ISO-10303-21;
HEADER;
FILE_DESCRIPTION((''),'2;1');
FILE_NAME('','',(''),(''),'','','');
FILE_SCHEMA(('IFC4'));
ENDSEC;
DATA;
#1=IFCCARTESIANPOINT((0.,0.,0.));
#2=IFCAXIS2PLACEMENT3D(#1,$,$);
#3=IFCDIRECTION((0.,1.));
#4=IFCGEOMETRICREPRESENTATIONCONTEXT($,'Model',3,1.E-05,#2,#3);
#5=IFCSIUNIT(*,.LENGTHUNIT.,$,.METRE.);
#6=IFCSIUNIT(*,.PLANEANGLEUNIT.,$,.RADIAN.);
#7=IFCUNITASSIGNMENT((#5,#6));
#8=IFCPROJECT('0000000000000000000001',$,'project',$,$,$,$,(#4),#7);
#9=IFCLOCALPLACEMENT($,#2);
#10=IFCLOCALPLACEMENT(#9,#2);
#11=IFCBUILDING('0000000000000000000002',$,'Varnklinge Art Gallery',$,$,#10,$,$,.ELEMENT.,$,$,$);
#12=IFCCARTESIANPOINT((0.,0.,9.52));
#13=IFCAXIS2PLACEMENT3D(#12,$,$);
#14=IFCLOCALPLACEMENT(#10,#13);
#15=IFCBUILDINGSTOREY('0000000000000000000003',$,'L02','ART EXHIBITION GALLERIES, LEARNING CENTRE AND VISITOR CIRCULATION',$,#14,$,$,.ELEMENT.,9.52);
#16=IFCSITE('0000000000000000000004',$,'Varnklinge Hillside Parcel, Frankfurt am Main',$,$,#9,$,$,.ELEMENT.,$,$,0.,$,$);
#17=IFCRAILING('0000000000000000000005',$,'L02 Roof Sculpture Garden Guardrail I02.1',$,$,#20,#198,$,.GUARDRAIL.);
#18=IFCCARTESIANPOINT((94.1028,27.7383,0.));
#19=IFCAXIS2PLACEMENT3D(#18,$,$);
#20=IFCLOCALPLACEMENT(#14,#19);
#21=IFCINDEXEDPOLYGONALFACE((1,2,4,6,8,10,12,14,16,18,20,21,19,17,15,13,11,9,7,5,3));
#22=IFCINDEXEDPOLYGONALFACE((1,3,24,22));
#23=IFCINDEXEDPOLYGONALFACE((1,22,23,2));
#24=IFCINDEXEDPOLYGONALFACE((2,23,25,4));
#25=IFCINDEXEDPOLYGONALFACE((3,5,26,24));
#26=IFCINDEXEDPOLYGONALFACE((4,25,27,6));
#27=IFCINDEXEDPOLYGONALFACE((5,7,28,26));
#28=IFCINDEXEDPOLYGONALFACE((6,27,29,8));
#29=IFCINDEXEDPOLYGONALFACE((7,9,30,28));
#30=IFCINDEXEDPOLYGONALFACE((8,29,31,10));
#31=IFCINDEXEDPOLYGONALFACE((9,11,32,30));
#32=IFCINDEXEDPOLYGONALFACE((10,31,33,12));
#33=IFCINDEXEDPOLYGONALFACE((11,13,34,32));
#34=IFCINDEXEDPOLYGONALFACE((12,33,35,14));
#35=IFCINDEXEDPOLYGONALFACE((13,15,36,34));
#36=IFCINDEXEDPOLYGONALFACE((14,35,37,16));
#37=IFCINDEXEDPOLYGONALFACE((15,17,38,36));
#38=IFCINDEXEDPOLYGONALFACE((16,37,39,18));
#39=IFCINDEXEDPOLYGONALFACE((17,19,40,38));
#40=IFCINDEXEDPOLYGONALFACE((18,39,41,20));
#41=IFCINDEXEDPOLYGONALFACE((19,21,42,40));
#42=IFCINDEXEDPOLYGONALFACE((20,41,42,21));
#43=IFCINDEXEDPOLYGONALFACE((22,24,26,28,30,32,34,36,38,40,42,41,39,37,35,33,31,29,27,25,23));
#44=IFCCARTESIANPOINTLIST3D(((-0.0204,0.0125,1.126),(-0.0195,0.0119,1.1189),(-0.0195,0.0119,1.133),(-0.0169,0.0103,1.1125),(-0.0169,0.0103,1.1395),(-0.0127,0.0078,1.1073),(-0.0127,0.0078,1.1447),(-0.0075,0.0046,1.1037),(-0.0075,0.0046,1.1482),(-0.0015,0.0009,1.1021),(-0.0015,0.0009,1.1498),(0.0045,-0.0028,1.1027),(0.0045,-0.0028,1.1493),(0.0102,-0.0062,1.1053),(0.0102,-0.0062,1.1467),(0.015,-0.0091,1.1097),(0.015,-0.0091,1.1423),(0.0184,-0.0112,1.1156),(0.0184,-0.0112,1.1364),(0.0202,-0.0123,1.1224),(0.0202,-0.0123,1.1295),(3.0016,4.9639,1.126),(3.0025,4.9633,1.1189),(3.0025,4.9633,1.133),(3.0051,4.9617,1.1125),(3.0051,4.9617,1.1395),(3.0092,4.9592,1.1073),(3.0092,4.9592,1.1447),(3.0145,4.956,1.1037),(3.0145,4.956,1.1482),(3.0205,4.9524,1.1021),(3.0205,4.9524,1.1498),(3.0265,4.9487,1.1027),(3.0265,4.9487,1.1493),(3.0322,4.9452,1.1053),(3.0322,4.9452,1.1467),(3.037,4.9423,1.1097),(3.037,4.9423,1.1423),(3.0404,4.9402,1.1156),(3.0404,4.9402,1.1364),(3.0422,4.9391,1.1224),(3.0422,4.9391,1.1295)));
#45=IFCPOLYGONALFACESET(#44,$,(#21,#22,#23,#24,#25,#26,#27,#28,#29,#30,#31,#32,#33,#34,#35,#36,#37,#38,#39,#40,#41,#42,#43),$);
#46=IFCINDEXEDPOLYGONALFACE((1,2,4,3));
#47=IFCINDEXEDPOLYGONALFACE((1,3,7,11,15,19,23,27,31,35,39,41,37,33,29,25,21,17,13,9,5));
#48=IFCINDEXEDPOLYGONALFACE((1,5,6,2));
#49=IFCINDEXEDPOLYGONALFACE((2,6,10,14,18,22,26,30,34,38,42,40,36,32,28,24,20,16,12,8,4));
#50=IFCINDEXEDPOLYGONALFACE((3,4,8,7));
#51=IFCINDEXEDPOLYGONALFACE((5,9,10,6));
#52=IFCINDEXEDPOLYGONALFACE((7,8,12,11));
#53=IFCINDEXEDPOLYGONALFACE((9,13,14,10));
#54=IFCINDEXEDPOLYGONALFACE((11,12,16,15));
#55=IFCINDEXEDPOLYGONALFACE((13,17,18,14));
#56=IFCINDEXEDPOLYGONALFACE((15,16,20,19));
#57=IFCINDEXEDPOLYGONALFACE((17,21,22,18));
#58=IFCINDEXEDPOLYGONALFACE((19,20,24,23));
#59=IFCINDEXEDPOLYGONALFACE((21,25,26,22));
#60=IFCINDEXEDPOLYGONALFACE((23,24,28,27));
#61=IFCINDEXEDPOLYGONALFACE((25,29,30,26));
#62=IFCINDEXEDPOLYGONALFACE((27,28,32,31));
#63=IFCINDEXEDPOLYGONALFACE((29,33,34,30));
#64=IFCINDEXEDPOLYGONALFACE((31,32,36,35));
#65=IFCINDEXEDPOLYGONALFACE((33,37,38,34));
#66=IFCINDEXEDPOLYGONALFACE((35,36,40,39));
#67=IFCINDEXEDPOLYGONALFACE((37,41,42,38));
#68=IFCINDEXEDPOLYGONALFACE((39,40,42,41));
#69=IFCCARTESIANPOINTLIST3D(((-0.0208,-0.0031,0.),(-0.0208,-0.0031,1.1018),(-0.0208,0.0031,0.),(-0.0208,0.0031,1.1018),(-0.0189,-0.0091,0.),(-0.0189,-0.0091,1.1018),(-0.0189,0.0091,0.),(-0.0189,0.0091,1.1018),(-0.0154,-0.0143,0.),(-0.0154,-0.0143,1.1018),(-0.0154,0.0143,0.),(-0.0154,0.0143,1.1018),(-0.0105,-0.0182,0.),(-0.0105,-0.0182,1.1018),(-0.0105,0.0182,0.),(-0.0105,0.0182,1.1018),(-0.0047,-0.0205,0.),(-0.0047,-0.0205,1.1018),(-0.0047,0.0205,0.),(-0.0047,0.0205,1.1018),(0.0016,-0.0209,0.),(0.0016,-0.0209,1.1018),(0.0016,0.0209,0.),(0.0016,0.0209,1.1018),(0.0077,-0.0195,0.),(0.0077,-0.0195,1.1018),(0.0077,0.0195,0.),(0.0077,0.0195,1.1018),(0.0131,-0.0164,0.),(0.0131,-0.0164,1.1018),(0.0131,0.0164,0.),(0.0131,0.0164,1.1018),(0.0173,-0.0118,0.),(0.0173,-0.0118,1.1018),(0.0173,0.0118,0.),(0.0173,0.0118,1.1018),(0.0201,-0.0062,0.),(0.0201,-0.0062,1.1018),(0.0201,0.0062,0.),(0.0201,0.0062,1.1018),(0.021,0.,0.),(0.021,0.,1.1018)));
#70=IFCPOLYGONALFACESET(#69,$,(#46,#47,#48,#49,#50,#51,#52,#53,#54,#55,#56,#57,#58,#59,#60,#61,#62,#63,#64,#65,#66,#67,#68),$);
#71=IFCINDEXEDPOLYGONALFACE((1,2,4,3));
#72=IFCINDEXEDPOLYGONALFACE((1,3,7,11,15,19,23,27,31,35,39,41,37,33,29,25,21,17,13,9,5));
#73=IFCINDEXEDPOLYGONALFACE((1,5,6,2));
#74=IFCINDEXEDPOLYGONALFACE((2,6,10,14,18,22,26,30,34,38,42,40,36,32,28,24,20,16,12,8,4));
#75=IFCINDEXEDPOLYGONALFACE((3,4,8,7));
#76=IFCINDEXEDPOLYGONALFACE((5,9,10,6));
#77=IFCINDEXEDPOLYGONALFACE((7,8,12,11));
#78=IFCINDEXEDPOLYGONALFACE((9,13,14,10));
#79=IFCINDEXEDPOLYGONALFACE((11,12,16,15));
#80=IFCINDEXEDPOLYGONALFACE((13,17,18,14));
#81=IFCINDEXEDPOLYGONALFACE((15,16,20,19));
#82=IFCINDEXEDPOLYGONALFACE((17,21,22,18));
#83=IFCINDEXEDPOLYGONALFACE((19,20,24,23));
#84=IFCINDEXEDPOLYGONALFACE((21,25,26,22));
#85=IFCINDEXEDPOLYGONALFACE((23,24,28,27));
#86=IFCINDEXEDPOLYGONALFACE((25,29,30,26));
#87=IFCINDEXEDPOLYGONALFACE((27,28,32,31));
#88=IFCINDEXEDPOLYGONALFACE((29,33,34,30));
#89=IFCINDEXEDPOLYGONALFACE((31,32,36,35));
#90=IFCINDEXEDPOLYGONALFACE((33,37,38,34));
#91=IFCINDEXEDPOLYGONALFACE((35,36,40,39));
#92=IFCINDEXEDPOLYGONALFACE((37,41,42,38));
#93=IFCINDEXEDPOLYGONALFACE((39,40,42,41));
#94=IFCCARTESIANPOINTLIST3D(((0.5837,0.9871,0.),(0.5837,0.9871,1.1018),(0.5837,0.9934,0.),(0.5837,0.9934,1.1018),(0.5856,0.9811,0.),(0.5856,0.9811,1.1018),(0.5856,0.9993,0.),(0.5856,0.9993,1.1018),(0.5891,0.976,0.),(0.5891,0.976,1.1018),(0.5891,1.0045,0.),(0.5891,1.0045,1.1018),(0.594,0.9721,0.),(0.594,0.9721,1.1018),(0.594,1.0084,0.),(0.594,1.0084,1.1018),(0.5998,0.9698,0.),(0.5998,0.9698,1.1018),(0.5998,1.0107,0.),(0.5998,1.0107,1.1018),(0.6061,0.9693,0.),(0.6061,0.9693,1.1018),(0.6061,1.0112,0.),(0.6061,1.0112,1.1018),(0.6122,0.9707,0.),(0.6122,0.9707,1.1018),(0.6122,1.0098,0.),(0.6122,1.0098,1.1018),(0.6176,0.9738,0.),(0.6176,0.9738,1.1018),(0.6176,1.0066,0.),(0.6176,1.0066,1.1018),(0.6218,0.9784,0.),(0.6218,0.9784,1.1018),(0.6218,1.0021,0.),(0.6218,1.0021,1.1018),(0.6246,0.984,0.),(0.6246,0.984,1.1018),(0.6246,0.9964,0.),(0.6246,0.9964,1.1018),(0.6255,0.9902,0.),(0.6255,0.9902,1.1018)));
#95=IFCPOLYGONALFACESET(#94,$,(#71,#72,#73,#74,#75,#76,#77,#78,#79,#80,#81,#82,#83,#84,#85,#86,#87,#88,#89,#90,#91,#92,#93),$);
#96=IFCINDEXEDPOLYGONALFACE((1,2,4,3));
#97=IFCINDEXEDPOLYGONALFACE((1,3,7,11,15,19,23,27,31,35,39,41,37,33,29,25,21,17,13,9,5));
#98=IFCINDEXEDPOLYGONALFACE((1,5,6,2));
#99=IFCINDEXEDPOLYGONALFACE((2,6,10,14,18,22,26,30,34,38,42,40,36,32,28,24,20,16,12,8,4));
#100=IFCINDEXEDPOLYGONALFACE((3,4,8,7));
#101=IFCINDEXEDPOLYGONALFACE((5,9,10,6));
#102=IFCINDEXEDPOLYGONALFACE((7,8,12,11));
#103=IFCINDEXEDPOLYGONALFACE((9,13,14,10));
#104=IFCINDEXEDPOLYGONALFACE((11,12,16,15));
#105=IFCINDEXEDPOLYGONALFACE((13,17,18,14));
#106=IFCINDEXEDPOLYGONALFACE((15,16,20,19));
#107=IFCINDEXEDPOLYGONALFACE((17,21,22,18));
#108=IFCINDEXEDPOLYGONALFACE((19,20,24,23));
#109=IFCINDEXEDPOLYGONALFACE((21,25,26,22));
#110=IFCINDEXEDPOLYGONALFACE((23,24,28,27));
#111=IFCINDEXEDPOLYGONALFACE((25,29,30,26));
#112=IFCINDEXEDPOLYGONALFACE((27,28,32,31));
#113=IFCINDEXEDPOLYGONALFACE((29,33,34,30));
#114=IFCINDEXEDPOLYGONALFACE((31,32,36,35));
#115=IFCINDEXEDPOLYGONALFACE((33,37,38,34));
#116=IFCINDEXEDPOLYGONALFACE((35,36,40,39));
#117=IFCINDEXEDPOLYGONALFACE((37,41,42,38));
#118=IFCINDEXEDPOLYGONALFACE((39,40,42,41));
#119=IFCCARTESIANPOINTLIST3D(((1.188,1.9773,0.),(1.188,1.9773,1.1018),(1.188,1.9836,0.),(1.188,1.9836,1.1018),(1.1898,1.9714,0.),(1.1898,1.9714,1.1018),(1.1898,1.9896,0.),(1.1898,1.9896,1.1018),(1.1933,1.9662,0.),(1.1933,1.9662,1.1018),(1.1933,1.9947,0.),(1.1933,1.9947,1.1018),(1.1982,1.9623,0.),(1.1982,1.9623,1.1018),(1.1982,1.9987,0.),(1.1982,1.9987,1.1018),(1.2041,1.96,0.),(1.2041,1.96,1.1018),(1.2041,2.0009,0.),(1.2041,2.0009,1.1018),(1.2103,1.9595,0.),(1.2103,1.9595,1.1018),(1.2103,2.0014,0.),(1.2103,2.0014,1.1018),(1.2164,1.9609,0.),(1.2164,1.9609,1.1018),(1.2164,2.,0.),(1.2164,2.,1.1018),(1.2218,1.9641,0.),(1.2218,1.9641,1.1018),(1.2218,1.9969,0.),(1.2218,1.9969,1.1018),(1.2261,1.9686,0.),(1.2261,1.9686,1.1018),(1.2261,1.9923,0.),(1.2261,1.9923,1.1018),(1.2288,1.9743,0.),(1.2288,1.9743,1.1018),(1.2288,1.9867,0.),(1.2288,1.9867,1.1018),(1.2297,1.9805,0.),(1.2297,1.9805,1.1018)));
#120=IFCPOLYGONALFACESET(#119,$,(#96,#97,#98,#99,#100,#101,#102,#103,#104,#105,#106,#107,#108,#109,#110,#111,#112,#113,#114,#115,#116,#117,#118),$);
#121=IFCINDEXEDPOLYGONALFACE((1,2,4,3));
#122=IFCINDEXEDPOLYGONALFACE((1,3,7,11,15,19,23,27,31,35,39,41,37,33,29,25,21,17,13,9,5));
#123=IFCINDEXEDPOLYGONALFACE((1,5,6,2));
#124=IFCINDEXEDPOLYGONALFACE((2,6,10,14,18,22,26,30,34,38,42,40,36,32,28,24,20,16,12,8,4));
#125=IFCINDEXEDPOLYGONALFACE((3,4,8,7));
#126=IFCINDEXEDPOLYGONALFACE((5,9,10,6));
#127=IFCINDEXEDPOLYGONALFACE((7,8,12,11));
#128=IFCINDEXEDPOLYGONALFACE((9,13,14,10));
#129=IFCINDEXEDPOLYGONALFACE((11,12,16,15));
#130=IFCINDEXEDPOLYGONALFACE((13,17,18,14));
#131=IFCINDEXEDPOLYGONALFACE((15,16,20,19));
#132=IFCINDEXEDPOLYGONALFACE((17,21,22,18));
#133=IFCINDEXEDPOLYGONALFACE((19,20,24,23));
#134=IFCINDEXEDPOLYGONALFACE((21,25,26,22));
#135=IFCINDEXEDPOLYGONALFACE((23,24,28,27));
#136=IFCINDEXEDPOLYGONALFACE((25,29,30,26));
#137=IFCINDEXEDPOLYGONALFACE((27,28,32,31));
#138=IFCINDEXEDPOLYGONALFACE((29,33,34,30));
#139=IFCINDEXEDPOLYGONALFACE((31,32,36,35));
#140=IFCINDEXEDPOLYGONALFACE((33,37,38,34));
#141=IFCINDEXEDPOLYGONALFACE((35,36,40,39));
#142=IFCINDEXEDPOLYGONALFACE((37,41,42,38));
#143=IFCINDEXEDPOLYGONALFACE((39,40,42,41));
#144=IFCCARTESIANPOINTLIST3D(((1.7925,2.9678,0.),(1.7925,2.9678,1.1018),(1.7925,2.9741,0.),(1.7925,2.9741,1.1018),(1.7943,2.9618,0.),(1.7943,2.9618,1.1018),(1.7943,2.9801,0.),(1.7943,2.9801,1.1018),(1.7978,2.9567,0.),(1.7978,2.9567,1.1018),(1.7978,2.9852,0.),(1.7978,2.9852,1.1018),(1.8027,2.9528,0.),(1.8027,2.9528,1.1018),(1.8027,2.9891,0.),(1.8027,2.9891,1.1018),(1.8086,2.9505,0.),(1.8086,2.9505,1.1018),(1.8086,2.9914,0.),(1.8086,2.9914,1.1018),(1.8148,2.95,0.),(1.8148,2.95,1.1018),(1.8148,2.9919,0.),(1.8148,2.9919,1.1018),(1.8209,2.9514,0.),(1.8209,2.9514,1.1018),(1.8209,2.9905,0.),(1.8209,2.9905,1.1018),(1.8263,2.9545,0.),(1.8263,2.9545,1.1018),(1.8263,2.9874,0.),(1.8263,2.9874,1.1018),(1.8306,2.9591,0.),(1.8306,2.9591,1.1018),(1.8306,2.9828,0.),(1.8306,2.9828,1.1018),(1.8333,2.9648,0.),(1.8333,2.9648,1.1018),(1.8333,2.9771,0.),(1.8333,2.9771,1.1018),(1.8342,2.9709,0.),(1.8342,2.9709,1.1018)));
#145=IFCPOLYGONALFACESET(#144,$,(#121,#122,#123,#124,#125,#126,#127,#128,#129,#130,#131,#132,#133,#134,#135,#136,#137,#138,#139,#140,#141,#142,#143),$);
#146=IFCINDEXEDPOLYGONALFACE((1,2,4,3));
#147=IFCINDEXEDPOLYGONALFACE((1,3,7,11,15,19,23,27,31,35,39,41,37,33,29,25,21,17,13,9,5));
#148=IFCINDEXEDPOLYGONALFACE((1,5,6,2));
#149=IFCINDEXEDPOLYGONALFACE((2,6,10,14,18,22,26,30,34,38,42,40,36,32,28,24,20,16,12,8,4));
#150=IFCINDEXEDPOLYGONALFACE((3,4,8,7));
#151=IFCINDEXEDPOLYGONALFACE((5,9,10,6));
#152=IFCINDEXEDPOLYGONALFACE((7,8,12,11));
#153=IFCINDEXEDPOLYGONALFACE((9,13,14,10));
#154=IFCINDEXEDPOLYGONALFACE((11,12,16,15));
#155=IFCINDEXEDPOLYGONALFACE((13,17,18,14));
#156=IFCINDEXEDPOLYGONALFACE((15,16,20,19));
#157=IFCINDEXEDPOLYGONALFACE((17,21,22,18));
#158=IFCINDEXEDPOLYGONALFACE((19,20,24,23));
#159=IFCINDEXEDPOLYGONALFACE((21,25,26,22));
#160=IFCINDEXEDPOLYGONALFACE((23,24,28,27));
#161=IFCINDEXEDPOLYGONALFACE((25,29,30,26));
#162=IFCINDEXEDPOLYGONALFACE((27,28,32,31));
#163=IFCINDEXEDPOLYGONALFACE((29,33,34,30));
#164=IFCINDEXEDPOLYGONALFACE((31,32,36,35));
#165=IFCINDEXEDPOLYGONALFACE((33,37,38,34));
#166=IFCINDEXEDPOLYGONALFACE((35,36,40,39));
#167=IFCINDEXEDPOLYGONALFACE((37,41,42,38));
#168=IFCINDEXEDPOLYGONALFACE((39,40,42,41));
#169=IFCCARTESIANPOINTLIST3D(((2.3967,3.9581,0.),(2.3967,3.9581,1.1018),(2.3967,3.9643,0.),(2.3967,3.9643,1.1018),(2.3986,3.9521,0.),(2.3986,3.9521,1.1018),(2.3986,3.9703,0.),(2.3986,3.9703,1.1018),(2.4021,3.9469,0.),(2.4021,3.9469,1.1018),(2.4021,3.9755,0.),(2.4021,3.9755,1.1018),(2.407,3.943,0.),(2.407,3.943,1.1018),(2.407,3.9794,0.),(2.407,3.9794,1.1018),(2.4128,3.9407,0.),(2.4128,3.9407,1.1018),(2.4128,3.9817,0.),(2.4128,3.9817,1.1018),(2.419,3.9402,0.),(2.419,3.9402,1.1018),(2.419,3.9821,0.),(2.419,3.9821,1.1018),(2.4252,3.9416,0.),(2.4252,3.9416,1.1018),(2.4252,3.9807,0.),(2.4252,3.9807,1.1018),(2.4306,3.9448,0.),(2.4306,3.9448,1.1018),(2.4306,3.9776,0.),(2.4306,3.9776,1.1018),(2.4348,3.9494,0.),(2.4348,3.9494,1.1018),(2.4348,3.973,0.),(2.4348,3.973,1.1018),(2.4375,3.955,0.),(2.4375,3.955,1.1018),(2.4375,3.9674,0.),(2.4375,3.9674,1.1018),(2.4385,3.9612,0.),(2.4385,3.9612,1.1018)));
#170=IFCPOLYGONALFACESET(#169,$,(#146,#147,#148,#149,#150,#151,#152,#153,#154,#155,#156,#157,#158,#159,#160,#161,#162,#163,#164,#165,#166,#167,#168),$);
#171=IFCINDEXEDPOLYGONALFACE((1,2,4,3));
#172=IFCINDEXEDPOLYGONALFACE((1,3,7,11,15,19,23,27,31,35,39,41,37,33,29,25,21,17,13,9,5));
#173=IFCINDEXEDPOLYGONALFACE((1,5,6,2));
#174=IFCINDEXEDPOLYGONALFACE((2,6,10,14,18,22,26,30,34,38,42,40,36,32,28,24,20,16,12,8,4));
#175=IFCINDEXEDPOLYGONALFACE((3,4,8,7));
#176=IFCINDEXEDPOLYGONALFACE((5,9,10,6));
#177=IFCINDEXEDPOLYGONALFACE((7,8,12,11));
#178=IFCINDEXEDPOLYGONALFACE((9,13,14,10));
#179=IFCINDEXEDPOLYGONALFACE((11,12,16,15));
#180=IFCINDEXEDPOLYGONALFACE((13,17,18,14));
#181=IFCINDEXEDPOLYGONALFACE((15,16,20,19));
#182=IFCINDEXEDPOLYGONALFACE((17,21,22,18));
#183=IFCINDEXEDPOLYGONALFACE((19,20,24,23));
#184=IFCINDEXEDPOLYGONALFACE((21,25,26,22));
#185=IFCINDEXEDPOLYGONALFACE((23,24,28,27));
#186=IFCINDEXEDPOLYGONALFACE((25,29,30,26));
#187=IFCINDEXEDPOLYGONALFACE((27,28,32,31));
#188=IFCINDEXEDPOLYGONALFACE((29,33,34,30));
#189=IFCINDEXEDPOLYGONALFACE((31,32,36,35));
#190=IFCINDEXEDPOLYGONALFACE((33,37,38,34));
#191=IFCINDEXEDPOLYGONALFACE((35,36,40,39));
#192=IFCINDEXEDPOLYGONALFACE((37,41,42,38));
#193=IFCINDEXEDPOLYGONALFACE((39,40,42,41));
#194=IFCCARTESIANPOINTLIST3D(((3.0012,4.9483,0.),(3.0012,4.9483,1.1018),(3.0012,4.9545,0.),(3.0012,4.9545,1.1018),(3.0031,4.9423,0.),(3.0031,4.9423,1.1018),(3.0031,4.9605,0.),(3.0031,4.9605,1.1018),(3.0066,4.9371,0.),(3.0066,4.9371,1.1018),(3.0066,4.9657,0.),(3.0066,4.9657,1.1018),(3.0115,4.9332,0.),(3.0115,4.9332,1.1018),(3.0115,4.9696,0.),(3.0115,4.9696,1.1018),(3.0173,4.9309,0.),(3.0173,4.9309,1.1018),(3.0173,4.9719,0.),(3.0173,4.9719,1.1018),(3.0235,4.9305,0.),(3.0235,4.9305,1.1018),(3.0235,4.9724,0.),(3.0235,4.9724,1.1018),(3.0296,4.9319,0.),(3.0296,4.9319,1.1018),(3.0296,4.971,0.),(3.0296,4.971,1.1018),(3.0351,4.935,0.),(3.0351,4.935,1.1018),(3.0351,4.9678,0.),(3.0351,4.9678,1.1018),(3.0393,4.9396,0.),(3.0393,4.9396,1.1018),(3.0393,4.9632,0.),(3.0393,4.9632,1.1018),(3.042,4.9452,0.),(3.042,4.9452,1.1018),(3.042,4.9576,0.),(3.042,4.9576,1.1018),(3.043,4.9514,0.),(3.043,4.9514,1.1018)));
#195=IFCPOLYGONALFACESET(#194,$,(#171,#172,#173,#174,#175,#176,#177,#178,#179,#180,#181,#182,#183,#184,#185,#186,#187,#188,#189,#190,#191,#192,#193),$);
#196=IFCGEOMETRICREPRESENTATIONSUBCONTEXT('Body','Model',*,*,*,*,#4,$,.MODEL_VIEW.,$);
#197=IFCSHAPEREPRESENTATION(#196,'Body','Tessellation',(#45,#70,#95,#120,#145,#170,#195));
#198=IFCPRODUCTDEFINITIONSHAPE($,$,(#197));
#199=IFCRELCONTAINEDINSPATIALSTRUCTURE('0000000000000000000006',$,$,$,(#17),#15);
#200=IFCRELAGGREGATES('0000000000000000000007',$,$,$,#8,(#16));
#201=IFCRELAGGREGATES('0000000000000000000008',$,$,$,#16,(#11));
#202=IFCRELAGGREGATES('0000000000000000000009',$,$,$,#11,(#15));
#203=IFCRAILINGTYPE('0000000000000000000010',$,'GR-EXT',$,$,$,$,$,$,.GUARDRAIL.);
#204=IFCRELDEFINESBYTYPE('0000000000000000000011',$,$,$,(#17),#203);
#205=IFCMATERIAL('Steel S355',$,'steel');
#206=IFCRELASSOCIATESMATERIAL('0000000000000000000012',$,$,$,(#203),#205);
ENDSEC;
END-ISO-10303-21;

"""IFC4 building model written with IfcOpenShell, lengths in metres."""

from ifc_helpers import new_model, si_unit, direction, frame, origin, origin_2d, place, context, subcontext, project, spatial, circle, extrude, material, type_object, element, save


model = new_model("IFC4")

# Units and contexts
model_context = context("Model", 3, precision=1e-05, world=origin(), true_north=direction((0.0, 1.0)))
body_context = subcontext(model_context, "Body", "Model", "MODEL_VIEW")
ifc_project = project(units=[si_unit("LENGTHUNIT", "METRE"), si_unit("PLANEANGLEUNIT", "RADIAN")], contexts=[model_context])

# Site, building, storey
site_placement = place(None, origin())
site = spatial("IfcSite", under=ifc_project, at=site_placement, Name="Varnklinge Hillside Parcel, Frankfurt am Main", CompositionType="ELEMENT", RefElevation=0.0)
building_placement = place(site_placement, origin())
building = spatial("IfcBuilding", under=site, at=building_placement, Name="Varnklinge Art Gallery", CompositionType="ELEMENT")
storey_placement = place(building_placement, frame((0.0, 0.0, 9.52)))
storey = spatial("IfcBuildingStorey", under=building, at=storey_placement, Name="L02", Description="ART EXHIBITION GALLERIES, LEARNING CENTRE AND VISITOR CIRCULATION", CompositionType="ELEMENT", Elevation=9.52)

# Railing
ifc_material_1 = material(Name="Steel S355", Category="steel")
railing_type = type_object("IfcRailingType", Name="GR-EXT", PredefinedType="GUARDRAIL", material=ifc_material_1)
railing_1_placement = place(storey_placement, frame((94.1028, 27.7383, 0.0)))
element("IfcRailing", 1, at=railing_1_placement, inside=storey, type_object=railing_type, Name="L02 Roof Sculpture Garden Guardrail I02.1", PredefinedType="GUARDRAIL", context=body_context, shape_type="SweptSolid", body=[
    extrude(circle(Radius=0.0239, at=origin_2d()), frame((0.0, 0.0, 1.126), z_axis=(0.520961, 0.85358, 0.0), x_axis=(-0.85358, 0.520961, 0.0)), (0.0, 0.0, 1.0), 5.8008),
    extrude(circle(Radius=0.021, at=origin_2d()), origin(), (0.0, 0.0, 1.0), 1.1018),
    extrude(circle(Radius=0.021, at=origin_2d()), frame((0.6045, 0.9902, 0.0)), (0.0, 0.0, 1.0), 1.1018),
    extrude(circle(Radius=0.021, at=origin_2d()), frame((1.2087, 1.9805, 0.0)), (0.0, 0.0, 1.0), 1.1018),
    extrude(circle(Radius=0.021, at=origin_2d()), frame((1.8132, 2.9709, 0.0)), (0.0, 0.0, 1.0), 1.1018),
    extrude(circle(Radius=0.021, at=origin_2d()), frame((2.4175, 3.9612, 0.0)), (0.0, 0.0, 1.0), 1.1018),
    extrude(circle(Radius=0.021, at=origin_2d()), frame((3.022, 4.9514, 0.0)), (0.0, 0.0, 1.0), 1.1018),
])

save(model, "model.ifc")
